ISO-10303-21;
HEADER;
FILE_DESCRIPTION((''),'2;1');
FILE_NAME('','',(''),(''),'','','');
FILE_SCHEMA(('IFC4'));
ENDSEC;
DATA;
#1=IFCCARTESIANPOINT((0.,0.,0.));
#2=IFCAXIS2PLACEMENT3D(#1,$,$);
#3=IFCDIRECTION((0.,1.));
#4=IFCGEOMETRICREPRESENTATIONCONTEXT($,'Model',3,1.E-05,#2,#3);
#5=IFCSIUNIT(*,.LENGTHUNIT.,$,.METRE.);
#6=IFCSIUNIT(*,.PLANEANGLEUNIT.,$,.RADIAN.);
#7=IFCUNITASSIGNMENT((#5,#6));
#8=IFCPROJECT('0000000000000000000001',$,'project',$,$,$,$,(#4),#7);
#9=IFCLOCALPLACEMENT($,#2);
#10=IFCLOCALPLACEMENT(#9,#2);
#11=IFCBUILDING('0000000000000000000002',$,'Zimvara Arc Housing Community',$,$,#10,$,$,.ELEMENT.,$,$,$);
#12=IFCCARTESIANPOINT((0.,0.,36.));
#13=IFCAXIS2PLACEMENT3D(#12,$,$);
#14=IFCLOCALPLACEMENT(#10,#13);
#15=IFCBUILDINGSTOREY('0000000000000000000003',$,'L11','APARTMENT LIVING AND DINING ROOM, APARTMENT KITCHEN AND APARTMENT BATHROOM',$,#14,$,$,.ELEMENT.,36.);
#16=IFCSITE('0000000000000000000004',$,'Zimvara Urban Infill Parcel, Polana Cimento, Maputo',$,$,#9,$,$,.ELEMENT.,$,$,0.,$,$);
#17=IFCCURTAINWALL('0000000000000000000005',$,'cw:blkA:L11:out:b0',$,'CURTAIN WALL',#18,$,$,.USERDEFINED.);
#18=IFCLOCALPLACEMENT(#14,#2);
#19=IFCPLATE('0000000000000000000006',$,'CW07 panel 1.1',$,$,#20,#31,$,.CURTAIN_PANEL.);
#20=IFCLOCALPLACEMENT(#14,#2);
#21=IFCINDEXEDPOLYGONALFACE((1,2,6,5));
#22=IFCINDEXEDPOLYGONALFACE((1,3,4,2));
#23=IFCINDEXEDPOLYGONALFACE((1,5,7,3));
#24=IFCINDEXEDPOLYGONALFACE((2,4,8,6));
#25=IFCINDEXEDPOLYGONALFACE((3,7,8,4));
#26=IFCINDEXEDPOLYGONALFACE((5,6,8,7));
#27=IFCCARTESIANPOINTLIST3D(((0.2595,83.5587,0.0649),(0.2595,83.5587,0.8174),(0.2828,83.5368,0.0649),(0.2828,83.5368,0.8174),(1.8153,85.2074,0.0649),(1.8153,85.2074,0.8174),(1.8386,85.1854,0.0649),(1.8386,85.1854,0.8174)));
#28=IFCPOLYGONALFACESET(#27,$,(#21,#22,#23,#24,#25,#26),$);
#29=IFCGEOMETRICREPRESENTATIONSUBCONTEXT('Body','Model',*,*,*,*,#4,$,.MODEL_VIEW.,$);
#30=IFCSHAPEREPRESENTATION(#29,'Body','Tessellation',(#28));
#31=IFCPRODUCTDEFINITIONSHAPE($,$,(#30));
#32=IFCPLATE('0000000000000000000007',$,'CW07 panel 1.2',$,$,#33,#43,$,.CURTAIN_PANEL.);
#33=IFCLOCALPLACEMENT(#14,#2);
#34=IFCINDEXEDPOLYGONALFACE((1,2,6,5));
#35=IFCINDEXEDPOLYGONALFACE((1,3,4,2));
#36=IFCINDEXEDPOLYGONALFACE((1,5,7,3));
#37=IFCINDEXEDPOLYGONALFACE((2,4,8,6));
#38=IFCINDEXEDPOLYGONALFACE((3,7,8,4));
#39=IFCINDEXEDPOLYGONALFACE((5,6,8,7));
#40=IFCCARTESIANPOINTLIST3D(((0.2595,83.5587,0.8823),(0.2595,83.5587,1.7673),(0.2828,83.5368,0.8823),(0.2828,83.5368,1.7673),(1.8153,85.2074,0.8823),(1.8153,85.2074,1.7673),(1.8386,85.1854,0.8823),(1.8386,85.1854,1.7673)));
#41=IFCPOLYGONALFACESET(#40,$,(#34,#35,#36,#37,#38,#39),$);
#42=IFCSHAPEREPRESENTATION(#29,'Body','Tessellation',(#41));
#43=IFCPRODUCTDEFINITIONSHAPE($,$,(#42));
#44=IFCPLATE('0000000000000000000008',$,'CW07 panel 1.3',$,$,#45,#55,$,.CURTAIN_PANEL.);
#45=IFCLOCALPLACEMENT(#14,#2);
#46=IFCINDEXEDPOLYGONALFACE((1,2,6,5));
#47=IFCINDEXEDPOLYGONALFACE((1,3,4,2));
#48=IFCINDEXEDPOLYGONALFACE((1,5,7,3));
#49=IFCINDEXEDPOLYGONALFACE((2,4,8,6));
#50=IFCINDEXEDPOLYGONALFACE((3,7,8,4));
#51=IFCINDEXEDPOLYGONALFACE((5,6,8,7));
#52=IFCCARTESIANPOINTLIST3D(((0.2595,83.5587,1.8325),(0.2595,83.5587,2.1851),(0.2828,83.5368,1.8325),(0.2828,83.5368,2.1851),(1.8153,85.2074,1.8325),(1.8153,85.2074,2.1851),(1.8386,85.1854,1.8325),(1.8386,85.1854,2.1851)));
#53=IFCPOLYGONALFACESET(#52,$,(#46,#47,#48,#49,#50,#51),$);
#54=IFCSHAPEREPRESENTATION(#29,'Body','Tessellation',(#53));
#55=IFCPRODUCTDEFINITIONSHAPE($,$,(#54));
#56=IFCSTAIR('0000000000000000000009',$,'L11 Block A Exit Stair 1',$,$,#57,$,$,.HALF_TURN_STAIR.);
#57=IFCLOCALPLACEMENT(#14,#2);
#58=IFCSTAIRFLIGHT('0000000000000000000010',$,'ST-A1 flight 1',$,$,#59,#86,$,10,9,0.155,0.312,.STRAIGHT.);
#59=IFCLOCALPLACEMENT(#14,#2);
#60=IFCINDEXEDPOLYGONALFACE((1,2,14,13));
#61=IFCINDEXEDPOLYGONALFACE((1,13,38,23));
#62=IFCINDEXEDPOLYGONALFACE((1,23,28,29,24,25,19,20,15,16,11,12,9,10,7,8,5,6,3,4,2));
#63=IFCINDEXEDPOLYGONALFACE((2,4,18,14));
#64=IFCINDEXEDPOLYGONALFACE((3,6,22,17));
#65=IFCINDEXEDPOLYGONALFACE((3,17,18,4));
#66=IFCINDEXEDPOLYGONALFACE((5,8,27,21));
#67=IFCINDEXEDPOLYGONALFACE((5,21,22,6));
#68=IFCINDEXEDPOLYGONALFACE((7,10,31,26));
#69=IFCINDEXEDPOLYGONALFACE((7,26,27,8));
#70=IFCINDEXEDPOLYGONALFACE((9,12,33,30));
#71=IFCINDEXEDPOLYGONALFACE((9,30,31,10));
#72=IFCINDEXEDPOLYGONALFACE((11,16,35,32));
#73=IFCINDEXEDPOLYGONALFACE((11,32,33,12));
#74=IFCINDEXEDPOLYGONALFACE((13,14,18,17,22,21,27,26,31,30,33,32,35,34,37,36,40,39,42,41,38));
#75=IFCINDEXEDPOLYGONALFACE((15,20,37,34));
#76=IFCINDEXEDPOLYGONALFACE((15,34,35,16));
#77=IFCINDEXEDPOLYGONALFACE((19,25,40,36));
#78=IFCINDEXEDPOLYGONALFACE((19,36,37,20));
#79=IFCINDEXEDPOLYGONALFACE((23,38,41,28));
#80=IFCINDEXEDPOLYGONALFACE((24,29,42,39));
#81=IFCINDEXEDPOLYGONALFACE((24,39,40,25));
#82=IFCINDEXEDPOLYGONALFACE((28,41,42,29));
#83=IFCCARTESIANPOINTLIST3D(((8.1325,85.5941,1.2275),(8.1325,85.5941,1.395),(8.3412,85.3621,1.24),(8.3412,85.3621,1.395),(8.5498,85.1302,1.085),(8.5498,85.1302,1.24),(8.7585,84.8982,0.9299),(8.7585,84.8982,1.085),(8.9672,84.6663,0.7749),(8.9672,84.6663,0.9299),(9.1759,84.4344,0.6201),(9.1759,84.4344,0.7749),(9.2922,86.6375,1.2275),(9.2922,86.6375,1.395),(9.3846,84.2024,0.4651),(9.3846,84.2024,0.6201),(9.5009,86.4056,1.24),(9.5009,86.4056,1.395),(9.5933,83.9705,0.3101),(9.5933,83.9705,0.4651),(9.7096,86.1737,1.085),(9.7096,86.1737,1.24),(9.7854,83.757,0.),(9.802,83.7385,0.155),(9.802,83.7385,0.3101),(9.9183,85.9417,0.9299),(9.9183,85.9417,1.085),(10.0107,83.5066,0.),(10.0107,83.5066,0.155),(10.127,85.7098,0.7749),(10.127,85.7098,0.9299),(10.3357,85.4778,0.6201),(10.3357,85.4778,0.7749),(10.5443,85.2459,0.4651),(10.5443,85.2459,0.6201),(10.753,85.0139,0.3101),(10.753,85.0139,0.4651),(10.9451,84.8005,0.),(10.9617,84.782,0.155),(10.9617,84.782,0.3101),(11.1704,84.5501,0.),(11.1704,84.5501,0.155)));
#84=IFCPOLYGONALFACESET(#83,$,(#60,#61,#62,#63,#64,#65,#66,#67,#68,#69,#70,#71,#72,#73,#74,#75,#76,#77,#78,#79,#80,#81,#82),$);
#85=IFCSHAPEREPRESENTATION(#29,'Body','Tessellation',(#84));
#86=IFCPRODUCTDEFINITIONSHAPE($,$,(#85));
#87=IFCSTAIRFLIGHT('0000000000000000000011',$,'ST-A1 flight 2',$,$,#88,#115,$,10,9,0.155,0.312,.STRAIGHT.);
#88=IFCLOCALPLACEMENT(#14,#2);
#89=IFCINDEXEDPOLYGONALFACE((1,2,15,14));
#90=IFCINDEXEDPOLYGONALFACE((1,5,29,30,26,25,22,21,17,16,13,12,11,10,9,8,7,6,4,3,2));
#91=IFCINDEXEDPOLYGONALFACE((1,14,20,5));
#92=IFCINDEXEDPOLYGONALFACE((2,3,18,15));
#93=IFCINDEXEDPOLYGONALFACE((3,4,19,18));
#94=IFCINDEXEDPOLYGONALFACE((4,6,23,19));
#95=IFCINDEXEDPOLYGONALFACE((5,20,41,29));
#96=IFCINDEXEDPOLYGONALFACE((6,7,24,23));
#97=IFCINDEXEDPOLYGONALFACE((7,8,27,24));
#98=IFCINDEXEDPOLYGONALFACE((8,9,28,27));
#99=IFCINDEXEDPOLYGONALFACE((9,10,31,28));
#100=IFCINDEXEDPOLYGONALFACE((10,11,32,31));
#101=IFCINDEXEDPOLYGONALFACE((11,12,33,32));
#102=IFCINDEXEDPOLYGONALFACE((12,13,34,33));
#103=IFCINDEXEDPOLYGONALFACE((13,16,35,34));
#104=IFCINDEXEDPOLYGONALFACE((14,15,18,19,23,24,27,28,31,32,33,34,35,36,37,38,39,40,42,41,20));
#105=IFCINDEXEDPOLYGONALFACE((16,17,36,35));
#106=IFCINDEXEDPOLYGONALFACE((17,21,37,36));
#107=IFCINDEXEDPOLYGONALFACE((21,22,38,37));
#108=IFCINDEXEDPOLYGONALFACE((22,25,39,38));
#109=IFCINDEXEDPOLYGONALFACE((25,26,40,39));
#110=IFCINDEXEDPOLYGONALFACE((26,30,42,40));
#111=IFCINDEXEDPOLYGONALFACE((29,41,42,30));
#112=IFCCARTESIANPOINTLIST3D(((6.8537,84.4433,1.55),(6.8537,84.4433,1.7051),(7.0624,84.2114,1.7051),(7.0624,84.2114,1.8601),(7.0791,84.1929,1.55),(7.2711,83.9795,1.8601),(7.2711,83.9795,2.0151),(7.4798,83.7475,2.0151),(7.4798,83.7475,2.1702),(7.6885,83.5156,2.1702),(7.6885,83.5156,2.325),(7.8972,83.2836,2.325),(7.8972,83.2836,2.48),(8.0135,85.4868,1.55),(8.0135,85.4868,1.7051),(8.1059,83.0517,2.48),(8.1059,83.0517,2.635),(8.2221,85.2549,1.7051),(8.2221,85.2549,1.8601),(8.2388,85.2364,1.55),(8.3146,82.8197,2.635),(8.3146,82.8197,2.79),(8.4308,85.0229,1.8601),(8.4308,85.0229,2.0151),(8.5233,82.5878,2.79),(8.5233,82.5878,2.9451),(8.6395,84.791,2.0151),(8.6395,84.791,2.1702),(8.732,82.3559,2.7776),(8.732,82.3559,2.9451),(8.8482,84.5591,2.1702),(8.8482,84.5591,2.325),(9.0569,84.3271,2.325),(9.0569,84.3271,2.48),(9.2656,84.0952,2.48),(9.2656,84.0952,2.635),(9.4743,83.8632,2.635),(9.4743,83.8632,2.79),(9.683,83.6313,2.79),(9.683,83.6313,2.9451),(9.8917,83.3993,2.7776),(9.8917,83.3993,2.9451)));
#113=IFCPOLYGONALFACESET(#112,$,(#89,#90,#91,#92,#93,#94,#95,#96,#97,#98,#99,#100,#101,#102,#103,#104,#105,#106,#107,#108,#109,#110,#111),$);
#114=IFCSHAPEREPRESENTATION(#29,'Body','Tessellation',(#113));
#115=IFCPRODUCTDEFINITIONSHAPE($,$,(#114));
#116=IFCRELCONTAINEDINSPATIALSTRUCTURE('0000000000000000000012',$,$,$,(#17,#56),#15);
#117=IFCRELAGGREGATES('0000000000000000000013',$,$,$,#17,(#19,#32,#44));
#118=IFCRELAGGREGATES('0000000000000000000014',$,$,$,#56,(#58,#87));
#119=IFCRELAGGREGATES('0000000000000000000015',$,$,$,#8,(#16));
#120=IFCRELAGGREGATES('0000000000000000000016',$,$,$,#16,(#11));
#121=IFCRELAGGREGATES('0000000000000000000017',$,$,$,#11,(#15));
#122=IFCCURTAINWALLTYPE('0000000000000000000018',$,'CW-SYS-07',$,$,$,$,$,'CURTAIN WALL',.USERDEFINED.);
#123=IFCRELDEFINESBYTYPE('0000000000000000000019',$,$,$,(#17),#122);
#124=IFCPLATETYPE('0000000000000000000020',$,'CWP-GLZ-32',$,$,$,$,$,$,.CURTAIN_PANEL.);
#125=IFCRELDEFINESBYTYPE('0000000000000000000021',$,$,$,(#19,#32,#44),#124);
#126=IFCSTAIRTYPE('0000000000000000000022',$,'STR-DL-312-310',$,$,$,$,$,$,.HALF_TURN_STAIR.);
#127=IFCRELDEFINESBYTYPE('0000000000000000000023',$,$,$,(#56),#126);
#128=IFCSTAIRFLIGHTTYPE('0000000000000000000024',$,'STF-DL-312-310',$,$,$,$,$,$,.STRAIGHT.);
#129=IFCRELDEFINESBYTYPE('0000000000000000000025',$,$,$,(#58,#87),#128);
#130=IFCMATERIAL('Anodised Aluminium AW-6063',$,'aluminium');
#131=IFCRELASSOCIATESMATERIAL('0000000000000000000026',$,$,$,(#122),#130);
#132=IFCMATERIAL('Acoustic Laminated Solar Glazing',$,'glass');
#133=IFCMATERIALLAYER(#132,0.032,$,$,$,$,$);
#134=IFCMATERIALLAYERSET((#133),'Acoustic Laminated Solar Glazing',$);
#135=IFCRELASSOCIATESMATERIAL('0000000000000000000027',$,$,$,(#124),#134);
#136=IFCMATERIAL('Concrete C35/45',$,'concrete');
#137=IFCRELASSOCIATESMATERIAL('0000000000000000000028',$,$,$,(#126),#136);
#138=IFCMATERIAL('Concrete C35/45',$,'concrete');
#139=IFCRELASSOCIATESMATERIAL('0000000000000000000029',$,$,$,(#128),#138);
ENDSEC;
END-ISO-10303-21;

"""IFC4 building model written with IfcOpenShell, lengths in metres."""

from ifc_helpers import new_model, si_unit, direction, frame, origin, origin_2d, place, context, subcontext, project, spatial, polyline, rectangle, outline, extrude, material, layer, layer_set, type_object, element, aggregate, save


model = new_model("IFC4")

# Units and contexts
model_context = context("Model", 3, precision=1e-05, world=origin(), true_north=direction((0.0, 1.0)))
body_context = subcontext(model_context, "Body", "Model", "MODEL_VIEW")
ifc_project = project(units=[si_unit("LENGTHUNIT", "METRE"), si_unit("PLANEANGLEUNIT", "RADIAN")], contexts=[model_context])

# Site, building, storey
site_placement = place(None, origin())
site = spatial("IfcSite", under=ifc_project, at=site_placement, Name="Zimvara Urban Infill Parcel, Polana Cimento, Maputo", CompositionType="ELEMENT", RefElevation=0.0)
building_placement = place(site_placement, origin())
building = spatial("IfcBuilding", under=site, at=building_placement, Name="Zimvara Arc Housing Community", CompositionType="ELEMENT")
storey_placement = place(building_placement, frame((0.0, 0.0, 36.0)))
storey = spatial("IfcBuildingStorey", under=building, at=storey_placement, Name="L11", Description="APARTMENT LIVING AND DINING ROOM, APARTMENT KITCHEN AND APARTMENT BATHROOM", CompositionType="ELEMENT", Elevation=36.0)

# Curtain wall, plates
ifc_material_1 = material(Name="Anodised Aluminium AW-6063", Category="aluminium")
curtain_wall_type = type_object("IfcCurtainWallType", Name="CW-SYS-07", ElementType="CURTAIN WALL", PredefinedType="USERDEFINED", material=ifc_material_1)
curtain_wall_placement = place(storey_placement, origin())
curtain_wall = element("IfcCurtainWall", 1, at=curtain_wall_placement, inside=storey, type_object=curtain_wall_type, Name="cw:blkA:L11:out:b0", ObjectType="CURTAIN WALL", PredefinedType="USERDEFINED")
ifc_material_2 = material(Name="Acoustic Laminated Solar Glazing", Category="glass")
ifc_layer = layer(ifc_material_2, 0.032)
ifc_layer_set = layer_set([ifc_layer], Name="Acoustic Laminated Solar Glazing")
plate_type = type_object("IfcPlateType", Name="CWP-GLZ-32", PredefinedType="CURTAIN_PANEL", material=ifc_layer_set)
plate_1_placement = place(storey_placement, frame((1.0491, 84.3721, 0.0649), z_axis=(0.0, 0.0, 1.0), x_axis=(0.686326, 0.727294, 0.0)))
plate_1 = element("IfcPlate", 2, at=plate_1_placement, type_object=plate_type, Name="CW07 panel 1.1", PredefinedType="CURTAIN_PANEL", context=body_context, shape_type="SweptSolid", body=[
    extrude(rectangle(XDim=2.2668, YDim=0.032, at=origin_2d()), origin(), (0.0, 0.0, 1.0), 0.7524),
])
plate_2_placement = place(storey_placement, frame((1.0491, 84.3721, 0.8823), z_axis=(0.0, 0.0, 1.0), x_axis=(0.686326, 0.727294, 0.0)))
plate_2 = element("IfcPlate", 3, at=plate_2_placement, type_object=plate_type, Name="CW07 panel 1.2", PredefinedType="CURTAIN_PANEL", context=body_context, shape_type="SweptSolid", body=[
    extrude(rectangle(XDim=2.2668, YDim=0.032, at=origin_2d()), origin(), (0.0, 0.0, 1.0), 0.885),
])
plate_3_placement = place(storey_placement, frame((1.0491, 84.3721, 1.8325), z_axis=(0.0, 0.0, 1.0), x_axis=(0.686326, 0.727294, 0.0)))
plate_3 = element("IfcPlate", 4, at=plate_3_placement, type_object=plate_type, Name="CW07 panel 1.3", PredefinedType="CURTAIN_PANEL", context=body_context, shape_type="SweptSolid", body=[
    extrude(rectangle(XDim=2.2668, YDim=0.032, at=origin_2d()), origin(), (0.0, 0.0, 1.0), 0.3525),
])
aggregate(curtain_wall, [plate_1, plate_2, plate_3])

# Stair, stair flights
ifc_material_3 = material(Name="Concrete C35/45", Category="concrete")
stair_type = type_object("IfcStairType", Name="STR-DL-312-310", PredefinedType="HALF_TURN_STAIR", material=ifc_material_3)
stair_placement = place(storey_placement, origin())
stair = element("IfcStair", 5, at=stair_placement, inside=storey, type_object=stair_type, Name="L11 Block A Exit Stair 1", PredefinedType="HALF_TURN_STAIR")
ifc_material_4 = material(Name="Concrete C35/45", Category="concrete")
stair_flight_type = type_object("IfcStairFlightType", Name="STF-DL-312-310", PredefinedType="STRAIGHT", material=ifc_material_4)
stair_flight_1_placement = place(storey_placement, frame((10.5906, 84.0283, 0.0), z_axis=(0.0, 0.0, 1.0), x_axis=(-0.668871, 0.743378, 0.0)))
stair_flight_1 = element("IfcStairFlight", 6, at=stair_flight_1_placement, type_object=stair_flight_type, Name="ST-A1 flight 1", NumberOfRisers=10, NumberOfTreads=9, PredefinedType="STRAIGHT", RiserHeight=0.155, TreadLength=0.312, context=body_context, shape_type="SweptSolid", body=[
    extrude(outline(polyline([(0.0, 0.0), (0.0, 0.155), (0.312, 0.155), (0.312, 0.3101), (0.624, 0.3101), (0.624, 0.4651), (0.936, 0.4651), (0.936, 0.6201), (1.248, 0.6201), (1.248, 0.7749), (1.5601, 0.7749), (1.5601, 0.9299), (1.8721, 0.9299), (1.8721, 1.085), (2.1841, 1.085), (2.1841, 1.24), (2.4961, 1.24), (2.4961, 1.395), (2.8081, 1.395), (2.8081, 1.55), (2.8081, 1.2275), (0.3369, 0.0), (0.0, 0.0)])), frame((0.0, 0.78, 0.0), z_axis=(0.0, -1.0, 0.0), x_axis=(1.0, 0.0, 0.0)), (0.0, 0.0, 1.0), 1.5601),
])
stair_flight_2_placement = place(storey_placement, frame((7.4336, 84.9651, 1.55), z_axis=(0.0, 0.0, 1.0), x_axis=(0.668871, -0.743378, 0.0)))
stair_flight_2 = element("IfcStairFlight", 7, at=stair_flight_2_placement, type_object=stair_flight_type, Name="ST-A1 flight 2", NumberOfRisers=10, NumberOfTreads=9, PredefinedType="STRAIGHT", RiserHeight=0.155, TreadLength=0.312, context=body_context, shape_type="SweptSolid", body=[
    extrude(outline(polyline([(0.0, 0.0), (0.0, 0.155), (0.312, 0.155), (0.312, 0.3101), (0.624, 0.3101), (0.624, 0.4651), (0.936, 0.4651), (0.936, 0.6201), (1.248, 0.6201), (1.248, 0.7749), (1.5601, 0.7749), (1.5601, 0.9299), (1.8721, 0.9299), (1.8721, 1.085), (2.1841, 1.085), (2.1841, 1.24), (2.4961, 1.24), (2.4961, 1.395), (2.8081, 1.395), (2.8081, 1.55), (2.8081, 1.2275), (0.3369, 0.0), (0.0, 0.0)])), frame((0.0, 0.78, 0.0), z_axis=(0.0, -1.0, 0.0), x_axis=(1.0, 0.0, 0.0)), (0.0, 0.0, 1.0), 1.5601),
])
aggregate(stair, [stair_flight_1, stair_flight_2])

save(model, "model.ifc")
